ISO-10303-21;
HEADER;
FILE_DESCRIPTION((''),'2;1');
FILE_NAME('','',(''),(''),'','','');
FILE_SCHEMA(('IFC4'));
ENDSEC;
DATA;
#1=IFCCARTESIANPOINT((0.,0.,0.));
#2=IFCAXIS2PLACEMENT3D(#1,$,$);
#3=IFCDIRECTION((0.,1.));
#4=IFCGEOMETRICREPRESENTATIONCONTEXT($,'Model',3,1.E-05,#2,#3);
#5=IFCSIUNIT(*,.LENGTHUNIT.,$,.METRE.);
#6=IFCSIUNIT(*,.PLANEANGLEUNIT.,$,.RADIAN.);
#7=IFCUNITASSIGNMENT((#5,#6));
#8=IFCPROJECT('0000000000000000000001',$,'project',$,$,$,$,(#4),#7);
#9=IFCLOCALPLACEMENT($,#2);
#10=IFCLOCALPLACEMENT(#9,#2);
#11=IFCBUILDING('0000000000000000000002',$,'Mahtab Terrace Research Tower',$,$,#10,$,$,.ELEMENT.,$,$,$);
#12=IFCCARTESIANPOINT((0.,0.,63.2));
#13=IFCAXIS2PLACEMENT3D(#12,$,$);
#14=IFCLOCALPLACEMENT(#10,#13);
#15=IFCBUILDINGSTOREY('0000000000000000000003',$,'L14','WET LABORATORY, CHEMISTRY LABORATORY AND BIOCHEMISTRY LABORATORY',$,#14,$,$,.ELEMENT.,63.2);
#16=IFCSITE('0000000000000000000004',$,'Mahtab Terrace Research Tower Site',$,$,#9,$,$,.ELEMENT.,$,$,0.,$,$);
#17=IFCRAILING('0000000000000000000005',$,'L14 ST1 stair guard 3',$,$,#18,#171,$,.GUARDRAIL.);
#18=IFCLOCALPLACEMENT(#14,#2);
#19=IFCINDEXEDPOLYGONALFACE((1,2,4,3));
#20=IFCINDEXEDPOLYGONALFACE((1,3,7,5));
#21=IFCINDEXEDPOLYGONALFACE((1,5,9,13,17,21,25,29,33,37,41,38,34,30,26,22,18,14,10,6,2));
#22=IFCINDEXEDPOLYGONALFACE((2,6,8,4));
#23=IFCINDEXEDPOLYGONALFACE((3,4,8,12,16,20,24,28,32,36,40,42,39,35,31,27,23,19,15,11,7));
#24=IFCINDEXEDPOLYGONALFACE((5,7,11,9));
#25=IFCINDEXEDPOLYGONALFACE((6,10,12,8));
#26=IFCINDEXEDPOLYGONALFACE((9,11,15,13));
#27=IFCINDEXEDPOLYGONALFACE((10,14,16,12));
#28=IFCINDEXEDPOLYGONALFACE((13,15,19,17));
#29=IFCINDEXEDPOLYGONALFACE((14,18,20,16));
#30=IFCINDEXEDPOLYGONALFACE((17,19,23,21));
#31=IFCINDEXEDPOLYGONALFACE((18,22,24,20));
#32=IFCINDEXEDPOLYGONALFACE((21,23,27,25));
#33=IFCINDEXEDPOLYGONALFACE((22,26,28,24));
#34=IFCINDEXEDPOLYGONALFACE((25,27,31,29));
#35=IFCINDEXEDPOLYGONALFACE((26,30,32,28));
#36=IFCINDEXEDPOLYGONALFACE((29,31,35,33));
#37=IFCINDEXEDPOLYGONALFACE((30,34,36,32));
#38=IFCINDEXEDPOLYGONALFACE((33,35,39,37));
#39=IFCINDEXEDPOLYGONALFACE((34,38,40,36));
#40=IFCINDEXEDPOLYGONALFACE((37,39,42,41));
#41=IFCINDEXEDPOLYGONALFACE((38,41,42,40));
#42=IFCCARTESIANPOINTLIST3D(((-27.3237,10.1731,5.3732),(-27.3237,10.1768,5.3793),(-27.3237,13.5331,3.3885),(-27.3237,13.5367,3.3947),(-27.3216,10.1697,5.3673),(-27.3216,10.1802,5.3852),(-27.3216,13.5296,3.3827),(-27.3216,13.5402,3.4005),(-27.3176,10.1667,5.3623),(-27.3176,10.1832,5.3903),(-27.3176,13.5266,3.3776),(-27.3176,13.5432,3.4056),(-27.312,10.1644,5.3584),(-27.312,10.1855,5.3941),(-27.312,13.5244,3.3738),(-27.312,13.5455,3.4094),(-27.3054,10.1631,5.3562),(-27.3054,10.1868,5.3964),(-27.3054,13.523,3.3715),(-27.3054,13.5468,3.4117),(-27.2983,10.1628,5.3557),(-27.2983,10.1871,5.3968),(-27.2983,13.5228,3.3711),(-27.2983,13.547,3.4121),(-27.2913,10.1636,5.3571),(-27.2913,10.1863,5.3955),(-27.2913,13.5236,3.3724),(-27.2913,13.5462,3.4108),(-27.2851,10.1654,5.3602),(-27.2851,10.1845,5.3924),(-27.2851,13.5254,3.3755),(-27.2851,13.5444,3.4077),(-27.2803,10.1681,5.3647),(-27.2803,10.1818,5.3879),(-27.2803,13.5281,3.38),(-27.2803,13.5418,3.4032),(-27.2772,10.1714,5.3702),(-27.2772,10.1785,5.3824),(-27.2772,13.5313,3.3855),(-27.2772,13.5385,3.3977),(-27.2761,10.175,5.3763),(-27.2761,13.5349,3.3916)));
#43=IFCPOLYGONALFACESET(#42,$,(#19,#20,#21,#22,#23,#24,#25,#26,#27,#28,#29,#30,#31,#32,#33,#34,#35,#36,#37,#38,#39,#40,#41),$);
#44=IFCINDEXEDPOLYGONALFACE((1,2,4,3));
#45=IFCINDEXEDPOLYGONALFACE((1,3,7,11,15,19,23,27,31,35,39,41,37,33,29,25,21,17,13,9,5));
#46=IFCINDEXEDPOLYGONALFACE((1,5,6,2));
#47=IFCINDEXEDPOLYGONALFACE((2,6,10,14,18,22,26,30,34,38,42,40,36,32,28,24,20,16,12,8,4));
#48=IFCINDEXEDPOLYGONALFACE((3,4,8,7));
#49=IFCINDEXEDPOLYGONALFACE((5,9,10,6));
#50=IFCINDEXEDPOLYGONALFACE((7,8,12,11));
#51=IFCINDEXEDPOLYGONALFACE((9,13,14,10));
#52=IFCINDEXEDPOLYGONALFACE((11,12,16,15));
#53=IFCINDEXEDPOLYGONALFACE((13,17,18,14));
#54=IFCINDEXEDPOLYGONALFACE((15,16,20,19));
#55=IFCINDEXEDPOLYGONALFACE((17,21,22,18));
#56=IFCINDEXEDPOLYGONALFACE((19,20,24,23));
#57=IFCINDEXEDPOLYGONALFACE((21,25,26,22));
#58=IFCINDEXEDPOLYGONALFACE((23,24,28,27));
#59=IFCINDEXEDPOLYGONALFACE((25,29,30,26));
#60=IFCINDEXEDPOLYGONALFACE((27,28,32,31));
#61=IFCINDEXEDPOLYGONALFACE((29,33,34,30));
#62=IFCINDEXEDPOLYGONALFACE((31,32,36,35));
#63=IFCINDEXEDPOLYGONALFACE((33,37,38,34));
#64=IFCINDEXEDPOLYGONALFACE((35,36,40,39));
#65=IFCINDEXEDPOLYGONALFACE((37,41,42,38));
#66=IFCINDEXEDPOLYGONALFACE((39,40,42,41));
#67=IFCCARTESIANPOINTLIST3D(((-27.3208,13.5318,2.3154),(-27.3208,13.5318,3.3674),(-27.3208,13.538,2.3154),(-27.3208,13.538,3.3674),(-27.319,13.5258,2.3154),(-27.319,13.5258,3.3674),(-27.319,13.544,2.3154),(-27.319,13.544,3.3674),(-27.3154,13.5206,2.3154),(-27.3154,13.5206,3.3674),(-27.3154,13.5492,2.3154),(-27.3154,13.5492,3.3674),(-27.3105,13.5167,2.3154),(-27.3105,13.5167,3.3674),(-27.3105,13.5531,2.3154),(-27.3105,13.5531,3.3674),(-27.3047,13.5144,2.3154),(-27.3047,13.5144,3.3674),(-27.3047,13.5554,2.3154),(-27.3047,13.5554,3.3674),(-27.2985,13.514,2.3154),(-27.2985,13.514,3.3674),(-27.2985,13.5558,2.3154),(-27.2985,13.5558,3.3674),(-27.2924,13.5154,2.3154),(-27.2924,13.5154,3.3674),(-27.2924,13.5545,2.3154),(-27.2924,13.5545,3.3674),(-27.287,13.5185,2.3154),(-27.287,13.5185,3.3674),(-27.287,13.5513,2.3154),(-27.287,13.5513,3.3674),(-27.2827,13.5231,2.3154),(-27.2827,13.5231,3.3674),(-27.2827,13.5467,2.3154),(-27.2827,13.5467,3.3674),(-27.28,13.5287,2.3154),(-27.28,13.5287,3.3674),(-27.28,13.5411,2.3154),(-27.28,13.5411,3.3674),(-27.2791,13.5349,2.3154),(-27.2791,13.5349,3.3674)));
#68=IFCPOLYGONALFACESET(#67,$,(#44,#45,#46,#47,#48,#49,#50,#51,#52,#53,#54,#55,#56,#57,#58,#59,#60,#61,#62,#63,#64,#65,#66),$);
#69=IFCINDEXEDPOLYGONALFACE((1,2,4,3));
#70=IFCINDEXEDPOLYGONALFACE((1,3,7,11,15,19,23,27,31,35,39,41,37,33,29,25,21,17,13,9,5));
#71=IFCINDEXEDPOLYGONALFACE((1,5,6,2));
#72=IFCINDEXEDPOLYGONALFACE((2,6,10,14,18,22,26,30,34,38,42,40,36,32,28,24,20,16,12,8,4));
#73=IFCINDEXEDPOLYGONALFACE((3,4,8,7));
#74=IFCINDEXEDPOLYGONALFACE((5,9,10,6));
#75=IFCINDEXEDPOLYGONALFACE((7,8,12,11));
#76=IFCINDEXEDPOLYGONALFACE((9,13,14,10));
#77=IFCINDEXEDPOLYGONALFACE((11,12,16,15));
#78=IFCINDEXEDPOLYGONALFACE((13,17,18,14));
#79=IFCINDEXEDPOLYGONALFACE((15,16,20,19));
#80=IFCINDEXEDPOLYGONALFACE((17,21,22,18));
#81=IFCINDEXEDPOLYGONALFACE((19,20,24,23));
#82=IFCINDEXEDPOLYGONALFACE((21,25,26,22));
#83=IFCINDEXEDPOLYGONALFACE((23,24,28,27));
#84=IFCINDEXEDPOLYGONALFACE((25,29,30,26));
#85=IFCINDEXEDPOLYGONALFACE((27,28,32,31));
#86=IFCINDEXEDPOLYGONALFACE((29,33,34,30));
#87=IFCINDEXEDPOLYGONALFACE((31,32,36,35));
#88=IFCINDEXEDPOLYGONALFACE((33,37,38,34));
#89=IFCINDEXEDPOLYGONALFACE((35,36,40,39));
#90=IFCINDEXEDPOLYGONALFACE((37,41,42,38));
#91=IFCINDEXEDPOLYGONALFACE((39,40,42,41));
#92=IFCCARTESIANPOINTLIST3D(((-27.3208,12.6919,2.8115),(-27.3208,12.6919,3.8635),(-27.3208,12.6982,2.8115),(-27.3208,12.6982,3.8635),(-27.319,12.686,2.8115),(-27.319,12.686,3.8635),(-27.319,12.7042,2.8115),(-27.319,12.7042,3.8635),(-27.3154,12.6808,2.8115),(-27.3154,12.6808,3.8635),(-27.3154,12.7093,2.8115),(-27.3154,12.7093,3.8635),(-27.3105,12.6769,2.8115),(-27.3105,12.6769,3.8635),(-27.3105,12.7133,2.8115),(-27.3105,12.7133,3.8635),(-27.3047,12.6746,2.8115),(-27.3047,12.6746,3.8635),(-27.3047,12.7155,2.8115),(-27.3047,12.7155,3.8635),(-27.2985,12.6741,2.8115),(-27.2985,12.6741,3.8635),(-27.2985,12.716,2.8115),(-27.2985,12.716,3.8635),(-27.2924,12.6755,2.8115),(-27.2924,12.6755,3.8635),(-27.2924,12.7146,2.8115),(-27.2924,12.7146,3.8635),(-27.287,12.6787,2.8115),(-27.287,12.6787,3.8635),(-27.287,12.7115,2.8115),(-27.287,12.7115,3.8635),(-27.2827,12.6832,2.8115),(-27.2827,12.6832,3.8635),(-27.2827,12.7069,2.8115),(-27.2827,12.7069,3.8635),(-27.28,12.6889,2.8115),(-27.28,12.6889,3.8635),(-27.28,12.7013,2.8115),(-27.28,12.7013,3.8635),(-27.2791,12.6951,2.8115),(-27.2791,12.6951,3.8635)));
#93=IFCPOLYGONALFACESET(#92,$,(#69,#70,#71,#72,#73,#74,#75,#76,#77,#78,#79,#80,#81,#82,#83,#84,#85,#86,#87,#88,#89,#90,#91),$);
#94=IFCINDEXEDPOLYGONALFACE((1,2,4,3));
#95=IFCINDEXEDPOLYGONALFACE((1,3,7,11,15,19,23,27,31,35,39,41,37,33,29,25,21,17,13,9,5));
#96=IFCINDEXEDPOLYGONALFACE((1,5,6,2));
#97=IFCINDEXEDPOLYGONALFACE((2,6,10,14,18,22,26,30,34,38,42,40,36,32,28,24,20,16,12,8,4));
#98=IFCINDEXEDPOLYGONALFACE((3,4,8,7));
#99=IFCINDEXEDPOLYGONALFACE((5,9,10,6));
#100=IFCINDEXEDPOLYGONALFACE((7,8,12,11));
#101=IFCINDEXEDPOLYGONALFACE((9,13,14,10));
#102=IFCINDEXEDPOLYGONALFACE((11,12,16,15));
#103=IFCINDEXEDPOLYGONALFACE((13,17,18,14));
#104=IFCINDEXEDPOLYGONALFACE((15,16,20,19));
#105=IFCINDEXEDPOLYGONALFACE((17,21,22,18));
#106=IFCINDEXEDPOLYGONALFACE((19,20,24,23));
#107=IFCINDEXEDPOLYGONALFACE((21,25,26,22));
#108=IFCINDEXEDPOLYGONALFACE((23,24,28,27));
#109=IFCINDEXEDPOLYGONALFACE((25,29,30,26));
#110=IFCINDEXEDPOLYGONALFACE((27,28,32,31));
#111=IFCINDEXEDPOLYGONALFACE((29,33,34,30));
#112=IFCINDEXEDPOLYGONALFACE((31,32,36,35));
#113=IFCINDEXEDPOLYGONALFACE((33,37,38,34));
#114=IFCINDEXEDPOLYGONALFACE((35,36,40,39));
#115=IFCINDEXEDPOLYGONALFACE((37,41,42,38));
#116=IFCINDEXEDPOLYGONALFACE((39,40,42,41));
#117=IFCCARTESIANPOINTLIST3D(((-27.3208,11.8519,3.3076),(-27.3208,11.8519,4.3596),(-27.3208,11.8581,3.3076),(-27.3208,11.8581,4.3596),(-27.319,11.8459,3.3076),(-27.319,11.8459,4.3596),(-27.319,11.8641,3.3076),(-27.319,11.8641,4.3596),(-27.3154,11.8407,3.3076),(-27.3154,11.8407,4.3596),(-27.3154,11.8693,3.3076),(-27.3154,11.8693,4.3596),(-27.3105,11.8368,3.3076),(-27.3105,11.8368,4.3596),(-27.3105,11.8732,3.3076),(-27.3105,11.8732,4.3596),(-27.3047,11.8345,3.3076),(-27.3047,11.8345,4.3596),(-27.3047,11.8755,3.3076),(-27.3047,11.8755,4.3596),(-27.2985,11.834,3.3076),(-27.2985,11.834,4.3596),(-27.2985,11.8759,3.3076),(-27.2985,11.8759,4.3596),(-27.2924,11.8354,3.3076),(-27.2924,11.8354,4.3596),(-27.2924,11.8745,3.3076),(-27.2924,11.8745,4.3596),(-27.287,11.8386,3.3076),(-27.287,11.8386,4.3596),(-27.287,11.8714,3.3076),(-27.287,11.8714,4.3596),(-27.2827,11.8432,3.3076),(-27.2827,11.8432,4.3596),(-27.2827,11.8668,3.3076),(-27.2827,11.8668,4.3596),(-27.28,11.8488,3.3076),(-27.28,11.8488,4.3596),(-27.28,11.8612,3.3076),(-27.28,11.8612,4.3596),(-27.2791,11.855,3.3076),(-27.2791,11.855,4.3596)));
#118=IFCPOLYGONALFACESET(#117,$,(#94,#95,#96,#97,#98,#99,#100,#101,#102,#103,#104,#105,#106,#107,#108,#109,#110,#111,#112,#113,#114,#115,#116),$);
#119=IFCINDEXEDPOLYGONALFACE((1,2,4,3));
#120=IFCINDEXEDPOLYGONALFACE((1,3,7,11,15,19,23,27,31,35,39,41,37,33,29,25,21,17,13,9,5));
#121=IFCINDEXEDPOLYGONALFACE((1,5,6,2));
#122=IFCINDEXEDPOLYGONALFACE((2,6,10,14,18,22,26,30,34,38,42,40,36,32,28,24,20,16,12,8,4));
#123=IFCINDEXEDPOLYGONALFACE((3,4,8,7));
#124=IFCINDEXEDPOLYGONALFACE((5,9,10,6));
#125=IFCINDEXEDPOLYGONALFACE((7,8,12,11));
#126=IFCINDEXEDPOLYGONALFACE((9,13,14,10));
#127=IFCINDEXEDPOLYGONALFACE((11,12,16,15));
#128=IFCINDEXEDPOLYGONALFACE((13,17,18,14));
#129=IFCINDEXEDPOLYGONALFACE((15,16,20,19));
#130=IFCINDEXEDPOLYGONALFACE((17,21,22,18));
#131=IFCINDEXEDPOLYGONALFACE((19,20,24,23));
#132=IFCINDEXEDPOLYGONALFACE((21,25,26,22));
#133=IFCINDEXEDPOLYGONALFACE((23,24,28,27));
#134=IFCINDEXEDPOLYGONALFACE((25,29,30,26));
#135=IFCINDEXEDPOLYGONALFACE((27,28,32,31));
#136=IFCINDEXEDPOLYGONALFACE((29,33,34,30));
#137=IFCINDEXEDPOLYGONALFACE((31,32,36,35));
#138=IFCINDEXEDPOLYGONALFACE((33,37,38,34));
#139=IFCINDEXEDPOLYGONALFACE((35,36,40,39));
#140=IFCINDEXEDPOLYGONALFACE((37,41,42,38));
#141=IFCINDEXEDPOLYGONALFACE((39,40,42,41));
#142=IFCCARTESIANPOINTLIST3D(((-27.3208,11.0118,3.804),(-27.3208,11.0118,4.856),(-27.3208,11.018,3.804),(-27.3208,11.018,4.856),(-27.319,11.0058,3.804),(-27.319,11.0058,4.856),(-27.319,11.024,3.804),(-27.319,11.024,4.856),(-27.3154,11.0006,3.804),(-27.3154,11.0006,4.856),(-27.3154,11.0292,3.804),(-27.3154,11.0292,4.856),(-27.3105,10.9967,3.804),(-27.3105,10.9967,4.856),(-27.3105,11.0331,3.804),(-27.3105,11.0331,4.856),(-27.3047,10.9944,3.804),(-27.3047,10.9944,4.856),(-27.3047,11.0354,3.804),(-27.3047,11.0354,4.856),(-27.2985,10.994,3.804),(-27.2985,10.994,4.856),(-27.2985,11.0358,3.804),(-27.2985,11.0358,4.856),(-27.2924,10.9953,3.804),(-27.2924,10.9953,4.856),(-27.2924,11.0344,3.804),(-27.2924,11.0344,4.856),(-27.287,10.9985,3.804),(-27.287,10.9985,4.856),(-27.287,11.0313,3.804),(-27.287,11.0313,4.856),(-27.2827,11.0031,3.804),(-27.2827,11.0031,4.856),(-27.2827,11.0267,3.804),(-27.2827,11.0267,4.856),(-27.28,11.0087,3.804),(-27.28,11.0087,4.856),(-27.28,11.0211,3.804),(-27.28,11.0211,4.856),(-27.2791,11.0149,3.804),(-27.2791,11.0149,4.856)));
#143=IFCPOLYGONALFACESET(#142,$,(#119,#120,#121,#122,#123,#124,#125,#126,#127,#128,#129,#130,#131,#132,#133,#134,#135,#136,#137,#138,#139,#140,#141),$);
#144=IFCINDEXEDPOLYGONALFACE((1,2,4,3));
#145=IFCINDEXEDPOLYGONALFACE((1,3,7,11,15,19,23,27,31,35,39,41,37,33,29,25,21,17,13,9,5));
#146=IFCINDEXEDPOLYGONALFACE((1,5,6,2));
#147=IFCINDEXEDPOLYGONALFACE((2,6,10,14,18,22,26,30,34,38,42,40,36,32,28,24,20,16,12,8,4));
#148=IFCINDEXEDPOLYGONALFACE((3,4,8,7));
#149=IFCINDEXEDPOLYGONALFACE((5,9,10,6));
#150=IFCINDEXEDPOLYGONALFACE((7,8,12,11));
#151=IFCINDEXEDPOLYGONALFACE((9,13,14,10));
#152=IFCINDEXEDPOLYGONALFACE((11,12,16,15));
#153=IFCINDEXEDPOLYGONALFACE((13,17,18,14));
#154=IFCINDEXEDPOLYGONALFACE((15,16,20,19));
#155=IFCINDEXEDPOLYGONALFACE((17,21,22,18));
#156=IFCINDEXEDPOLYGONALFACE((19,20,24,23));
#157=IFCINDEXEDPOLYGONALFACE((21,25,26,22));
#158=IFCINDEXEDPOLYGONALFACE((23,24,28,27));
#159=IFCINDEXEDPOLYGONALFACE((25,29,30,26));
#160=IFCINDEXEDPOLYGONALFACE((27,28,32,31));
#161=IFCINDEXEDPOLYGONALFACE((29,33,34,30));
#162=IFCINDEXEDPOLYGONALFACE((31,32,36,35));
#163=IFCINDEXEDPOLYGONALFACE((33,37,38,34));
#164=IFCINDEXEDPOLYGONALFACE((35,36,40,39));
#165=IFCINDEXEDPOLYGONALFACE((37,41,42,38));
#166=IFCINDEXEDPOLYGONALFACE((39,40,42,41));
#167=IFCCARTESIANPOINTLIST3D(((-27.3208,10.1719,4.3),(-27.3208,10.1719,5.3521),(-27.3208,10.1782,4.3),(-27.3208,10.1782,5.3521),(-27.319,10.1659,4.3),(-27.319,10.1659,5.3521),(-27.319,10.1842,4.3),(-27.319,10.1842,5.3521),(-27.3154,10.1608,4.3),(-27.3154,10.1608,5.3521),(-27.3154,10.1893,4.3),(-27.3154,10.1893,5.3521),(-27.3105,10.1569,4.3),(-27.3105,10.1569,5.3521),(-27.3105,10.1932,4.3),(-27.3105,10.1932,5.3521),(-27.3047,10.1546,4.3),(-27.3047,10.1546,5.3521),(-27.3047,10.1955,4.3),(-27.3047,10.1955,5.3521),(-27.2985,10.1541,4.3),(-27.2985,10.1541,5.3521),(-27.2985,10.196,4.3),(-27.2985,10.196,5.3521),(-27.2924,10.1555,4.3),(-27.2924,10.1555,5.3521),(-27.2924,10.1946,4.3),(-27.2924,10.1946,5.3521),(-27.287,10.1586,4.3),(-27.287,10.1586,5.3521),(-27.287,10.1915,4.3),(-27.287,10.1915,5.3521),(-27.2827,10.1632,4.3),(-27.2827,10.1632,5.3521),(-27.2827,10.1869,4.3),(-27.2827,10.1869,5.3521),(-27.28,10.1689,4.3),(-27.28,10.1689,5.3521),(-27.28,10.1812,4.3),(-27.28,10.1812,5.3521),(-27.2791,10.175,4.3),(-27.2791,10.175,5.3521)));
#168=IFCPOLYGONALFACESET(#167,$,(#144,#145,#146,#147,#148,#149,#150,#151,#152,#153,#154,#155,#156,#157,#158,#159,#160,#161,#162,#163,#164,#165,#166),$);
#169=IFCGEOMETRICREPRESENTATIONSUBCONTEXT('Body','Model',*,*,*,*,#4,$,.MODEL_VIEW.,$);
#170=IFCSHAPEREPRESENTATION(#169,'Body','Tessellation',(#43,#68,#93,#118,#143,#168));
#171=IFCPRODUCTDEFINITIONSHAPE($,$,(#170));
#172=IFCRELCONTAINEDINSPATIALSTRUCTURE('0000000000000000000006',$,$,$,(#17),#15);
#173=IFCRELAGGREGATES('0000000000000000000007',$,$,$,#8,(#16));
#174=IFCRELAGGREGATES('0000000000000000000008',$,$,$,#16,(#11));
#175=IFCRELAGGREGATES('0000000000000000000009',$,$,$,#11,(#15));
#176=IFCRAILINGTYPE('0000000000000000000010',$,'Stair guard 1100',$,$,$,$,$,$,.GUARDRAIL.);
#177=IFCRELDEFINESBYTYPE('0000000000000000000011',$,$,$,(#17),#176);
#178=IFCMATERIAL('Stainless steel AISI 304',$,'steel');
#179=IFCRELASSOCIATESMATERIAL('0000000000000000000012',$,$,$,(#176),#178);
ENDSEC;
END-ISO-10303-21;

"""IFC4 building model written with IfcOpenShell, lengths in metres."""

from ifc_helpers import new_model, si_unit, direction, frame, origin, origin_2d, place, context, subcontext, project, spatial, circle, extrude, material, type_object, element, save


model = new_model("IFC4")

# Units and contexts
model_context = context("Model", 3, precision=1e-05, world=origin(), true_north=direction((0.0, 1.0)))
body_context = subcontext(model_context, "Body", "Model", "MODEL_VIEW")
ifc_project = project(units=[si_unit("LENGTHUNIT", "METRE"), si_unit("PLANEANGLEUNIT", "RADIAN")], contexts=[model_context])

# Site, building, storey
site_placement = place(None, origin())
site = spatial("IfcSite", under=ifc_project, at=site_placement, Name="Mahtab Terrace Research Tower Site", CompositionType="ELEMENT", RefElevation=0.0)
building_placement = place(site_placement, origin())
building = spatial("IfcBuilding", under=site, at=building_placement, Name="Mahtab Terrace Research Tower", CompositionType="ELEMENT")
storey_placement = place(building_placement, frame((0.0, 0.0, 63.2)))
storey = spatial("IfcBuildingStorey", under=building, at=storey_placement, Name="L14", Description="WET LABORATORY, CHEMISTRY LABORATORY AND BIOCHEMISTRY LABORATORY", CompositionType="ELEMENT", Elevation=63.2)

# Railing
ifc_material_1 = material(Name="Stainless steel AISI 304", Category="steel")
railing_type_1 = type_object("IfcRailingType", Name="Stair guard 1100", PredefinedType="GUARDRAIL", material=ifc_material_1)
railing_1_placement = place(storey_placement, frame((-27.3, 13.5349, 2.3154)))
element("IfcRailing", 1, at=railing_1_placement, inside=storey, type_object=railing_type_1, Name="L14 ST1 stair guard 3", PredefinedType="GUARDRAIL", context=body_context, shape_type="SweptSolid", body=[
    extrude(circle(Radius=0.0239, at=origin_2d()), frame((0.0, 0.0, 1.0762), z_axis=(0.0, -0.861011, 0.508586), x_axis=(1.0, 0.0, 0.0)), (0.0, 0.0, 1.0), 3.9023),
    extrude(circle(Radius=0.021, at=origin_2d()), origin(), (0.0, 0.0, 1.0), 1.052),
    extrude(circle(Radius=0.021, at=origin_2d()), frame((0.0, -0.8398, 0.4961)), (0.0, 0.0, 1.0), 1.052),
    extrude(circle(Radius=0.021, at=origin_2d()), frame((0.0, -1.6799, 0.9922)), (0.0, 0.0, 1.0), 1.052),
    extrude(circle(Radius=0.021, at=origin_2d()), frame((0.0, -2.52, 1.4885)), (0.0, 0.0, 1.0), 1.052),
    extrude(circle(Radius=0.021, at=origin_2d()), frame((0.0, -3.3599, 1.9846)), (0.0, 0.0, 1.0), 1.052),
])

save(model, "model.ifc")
